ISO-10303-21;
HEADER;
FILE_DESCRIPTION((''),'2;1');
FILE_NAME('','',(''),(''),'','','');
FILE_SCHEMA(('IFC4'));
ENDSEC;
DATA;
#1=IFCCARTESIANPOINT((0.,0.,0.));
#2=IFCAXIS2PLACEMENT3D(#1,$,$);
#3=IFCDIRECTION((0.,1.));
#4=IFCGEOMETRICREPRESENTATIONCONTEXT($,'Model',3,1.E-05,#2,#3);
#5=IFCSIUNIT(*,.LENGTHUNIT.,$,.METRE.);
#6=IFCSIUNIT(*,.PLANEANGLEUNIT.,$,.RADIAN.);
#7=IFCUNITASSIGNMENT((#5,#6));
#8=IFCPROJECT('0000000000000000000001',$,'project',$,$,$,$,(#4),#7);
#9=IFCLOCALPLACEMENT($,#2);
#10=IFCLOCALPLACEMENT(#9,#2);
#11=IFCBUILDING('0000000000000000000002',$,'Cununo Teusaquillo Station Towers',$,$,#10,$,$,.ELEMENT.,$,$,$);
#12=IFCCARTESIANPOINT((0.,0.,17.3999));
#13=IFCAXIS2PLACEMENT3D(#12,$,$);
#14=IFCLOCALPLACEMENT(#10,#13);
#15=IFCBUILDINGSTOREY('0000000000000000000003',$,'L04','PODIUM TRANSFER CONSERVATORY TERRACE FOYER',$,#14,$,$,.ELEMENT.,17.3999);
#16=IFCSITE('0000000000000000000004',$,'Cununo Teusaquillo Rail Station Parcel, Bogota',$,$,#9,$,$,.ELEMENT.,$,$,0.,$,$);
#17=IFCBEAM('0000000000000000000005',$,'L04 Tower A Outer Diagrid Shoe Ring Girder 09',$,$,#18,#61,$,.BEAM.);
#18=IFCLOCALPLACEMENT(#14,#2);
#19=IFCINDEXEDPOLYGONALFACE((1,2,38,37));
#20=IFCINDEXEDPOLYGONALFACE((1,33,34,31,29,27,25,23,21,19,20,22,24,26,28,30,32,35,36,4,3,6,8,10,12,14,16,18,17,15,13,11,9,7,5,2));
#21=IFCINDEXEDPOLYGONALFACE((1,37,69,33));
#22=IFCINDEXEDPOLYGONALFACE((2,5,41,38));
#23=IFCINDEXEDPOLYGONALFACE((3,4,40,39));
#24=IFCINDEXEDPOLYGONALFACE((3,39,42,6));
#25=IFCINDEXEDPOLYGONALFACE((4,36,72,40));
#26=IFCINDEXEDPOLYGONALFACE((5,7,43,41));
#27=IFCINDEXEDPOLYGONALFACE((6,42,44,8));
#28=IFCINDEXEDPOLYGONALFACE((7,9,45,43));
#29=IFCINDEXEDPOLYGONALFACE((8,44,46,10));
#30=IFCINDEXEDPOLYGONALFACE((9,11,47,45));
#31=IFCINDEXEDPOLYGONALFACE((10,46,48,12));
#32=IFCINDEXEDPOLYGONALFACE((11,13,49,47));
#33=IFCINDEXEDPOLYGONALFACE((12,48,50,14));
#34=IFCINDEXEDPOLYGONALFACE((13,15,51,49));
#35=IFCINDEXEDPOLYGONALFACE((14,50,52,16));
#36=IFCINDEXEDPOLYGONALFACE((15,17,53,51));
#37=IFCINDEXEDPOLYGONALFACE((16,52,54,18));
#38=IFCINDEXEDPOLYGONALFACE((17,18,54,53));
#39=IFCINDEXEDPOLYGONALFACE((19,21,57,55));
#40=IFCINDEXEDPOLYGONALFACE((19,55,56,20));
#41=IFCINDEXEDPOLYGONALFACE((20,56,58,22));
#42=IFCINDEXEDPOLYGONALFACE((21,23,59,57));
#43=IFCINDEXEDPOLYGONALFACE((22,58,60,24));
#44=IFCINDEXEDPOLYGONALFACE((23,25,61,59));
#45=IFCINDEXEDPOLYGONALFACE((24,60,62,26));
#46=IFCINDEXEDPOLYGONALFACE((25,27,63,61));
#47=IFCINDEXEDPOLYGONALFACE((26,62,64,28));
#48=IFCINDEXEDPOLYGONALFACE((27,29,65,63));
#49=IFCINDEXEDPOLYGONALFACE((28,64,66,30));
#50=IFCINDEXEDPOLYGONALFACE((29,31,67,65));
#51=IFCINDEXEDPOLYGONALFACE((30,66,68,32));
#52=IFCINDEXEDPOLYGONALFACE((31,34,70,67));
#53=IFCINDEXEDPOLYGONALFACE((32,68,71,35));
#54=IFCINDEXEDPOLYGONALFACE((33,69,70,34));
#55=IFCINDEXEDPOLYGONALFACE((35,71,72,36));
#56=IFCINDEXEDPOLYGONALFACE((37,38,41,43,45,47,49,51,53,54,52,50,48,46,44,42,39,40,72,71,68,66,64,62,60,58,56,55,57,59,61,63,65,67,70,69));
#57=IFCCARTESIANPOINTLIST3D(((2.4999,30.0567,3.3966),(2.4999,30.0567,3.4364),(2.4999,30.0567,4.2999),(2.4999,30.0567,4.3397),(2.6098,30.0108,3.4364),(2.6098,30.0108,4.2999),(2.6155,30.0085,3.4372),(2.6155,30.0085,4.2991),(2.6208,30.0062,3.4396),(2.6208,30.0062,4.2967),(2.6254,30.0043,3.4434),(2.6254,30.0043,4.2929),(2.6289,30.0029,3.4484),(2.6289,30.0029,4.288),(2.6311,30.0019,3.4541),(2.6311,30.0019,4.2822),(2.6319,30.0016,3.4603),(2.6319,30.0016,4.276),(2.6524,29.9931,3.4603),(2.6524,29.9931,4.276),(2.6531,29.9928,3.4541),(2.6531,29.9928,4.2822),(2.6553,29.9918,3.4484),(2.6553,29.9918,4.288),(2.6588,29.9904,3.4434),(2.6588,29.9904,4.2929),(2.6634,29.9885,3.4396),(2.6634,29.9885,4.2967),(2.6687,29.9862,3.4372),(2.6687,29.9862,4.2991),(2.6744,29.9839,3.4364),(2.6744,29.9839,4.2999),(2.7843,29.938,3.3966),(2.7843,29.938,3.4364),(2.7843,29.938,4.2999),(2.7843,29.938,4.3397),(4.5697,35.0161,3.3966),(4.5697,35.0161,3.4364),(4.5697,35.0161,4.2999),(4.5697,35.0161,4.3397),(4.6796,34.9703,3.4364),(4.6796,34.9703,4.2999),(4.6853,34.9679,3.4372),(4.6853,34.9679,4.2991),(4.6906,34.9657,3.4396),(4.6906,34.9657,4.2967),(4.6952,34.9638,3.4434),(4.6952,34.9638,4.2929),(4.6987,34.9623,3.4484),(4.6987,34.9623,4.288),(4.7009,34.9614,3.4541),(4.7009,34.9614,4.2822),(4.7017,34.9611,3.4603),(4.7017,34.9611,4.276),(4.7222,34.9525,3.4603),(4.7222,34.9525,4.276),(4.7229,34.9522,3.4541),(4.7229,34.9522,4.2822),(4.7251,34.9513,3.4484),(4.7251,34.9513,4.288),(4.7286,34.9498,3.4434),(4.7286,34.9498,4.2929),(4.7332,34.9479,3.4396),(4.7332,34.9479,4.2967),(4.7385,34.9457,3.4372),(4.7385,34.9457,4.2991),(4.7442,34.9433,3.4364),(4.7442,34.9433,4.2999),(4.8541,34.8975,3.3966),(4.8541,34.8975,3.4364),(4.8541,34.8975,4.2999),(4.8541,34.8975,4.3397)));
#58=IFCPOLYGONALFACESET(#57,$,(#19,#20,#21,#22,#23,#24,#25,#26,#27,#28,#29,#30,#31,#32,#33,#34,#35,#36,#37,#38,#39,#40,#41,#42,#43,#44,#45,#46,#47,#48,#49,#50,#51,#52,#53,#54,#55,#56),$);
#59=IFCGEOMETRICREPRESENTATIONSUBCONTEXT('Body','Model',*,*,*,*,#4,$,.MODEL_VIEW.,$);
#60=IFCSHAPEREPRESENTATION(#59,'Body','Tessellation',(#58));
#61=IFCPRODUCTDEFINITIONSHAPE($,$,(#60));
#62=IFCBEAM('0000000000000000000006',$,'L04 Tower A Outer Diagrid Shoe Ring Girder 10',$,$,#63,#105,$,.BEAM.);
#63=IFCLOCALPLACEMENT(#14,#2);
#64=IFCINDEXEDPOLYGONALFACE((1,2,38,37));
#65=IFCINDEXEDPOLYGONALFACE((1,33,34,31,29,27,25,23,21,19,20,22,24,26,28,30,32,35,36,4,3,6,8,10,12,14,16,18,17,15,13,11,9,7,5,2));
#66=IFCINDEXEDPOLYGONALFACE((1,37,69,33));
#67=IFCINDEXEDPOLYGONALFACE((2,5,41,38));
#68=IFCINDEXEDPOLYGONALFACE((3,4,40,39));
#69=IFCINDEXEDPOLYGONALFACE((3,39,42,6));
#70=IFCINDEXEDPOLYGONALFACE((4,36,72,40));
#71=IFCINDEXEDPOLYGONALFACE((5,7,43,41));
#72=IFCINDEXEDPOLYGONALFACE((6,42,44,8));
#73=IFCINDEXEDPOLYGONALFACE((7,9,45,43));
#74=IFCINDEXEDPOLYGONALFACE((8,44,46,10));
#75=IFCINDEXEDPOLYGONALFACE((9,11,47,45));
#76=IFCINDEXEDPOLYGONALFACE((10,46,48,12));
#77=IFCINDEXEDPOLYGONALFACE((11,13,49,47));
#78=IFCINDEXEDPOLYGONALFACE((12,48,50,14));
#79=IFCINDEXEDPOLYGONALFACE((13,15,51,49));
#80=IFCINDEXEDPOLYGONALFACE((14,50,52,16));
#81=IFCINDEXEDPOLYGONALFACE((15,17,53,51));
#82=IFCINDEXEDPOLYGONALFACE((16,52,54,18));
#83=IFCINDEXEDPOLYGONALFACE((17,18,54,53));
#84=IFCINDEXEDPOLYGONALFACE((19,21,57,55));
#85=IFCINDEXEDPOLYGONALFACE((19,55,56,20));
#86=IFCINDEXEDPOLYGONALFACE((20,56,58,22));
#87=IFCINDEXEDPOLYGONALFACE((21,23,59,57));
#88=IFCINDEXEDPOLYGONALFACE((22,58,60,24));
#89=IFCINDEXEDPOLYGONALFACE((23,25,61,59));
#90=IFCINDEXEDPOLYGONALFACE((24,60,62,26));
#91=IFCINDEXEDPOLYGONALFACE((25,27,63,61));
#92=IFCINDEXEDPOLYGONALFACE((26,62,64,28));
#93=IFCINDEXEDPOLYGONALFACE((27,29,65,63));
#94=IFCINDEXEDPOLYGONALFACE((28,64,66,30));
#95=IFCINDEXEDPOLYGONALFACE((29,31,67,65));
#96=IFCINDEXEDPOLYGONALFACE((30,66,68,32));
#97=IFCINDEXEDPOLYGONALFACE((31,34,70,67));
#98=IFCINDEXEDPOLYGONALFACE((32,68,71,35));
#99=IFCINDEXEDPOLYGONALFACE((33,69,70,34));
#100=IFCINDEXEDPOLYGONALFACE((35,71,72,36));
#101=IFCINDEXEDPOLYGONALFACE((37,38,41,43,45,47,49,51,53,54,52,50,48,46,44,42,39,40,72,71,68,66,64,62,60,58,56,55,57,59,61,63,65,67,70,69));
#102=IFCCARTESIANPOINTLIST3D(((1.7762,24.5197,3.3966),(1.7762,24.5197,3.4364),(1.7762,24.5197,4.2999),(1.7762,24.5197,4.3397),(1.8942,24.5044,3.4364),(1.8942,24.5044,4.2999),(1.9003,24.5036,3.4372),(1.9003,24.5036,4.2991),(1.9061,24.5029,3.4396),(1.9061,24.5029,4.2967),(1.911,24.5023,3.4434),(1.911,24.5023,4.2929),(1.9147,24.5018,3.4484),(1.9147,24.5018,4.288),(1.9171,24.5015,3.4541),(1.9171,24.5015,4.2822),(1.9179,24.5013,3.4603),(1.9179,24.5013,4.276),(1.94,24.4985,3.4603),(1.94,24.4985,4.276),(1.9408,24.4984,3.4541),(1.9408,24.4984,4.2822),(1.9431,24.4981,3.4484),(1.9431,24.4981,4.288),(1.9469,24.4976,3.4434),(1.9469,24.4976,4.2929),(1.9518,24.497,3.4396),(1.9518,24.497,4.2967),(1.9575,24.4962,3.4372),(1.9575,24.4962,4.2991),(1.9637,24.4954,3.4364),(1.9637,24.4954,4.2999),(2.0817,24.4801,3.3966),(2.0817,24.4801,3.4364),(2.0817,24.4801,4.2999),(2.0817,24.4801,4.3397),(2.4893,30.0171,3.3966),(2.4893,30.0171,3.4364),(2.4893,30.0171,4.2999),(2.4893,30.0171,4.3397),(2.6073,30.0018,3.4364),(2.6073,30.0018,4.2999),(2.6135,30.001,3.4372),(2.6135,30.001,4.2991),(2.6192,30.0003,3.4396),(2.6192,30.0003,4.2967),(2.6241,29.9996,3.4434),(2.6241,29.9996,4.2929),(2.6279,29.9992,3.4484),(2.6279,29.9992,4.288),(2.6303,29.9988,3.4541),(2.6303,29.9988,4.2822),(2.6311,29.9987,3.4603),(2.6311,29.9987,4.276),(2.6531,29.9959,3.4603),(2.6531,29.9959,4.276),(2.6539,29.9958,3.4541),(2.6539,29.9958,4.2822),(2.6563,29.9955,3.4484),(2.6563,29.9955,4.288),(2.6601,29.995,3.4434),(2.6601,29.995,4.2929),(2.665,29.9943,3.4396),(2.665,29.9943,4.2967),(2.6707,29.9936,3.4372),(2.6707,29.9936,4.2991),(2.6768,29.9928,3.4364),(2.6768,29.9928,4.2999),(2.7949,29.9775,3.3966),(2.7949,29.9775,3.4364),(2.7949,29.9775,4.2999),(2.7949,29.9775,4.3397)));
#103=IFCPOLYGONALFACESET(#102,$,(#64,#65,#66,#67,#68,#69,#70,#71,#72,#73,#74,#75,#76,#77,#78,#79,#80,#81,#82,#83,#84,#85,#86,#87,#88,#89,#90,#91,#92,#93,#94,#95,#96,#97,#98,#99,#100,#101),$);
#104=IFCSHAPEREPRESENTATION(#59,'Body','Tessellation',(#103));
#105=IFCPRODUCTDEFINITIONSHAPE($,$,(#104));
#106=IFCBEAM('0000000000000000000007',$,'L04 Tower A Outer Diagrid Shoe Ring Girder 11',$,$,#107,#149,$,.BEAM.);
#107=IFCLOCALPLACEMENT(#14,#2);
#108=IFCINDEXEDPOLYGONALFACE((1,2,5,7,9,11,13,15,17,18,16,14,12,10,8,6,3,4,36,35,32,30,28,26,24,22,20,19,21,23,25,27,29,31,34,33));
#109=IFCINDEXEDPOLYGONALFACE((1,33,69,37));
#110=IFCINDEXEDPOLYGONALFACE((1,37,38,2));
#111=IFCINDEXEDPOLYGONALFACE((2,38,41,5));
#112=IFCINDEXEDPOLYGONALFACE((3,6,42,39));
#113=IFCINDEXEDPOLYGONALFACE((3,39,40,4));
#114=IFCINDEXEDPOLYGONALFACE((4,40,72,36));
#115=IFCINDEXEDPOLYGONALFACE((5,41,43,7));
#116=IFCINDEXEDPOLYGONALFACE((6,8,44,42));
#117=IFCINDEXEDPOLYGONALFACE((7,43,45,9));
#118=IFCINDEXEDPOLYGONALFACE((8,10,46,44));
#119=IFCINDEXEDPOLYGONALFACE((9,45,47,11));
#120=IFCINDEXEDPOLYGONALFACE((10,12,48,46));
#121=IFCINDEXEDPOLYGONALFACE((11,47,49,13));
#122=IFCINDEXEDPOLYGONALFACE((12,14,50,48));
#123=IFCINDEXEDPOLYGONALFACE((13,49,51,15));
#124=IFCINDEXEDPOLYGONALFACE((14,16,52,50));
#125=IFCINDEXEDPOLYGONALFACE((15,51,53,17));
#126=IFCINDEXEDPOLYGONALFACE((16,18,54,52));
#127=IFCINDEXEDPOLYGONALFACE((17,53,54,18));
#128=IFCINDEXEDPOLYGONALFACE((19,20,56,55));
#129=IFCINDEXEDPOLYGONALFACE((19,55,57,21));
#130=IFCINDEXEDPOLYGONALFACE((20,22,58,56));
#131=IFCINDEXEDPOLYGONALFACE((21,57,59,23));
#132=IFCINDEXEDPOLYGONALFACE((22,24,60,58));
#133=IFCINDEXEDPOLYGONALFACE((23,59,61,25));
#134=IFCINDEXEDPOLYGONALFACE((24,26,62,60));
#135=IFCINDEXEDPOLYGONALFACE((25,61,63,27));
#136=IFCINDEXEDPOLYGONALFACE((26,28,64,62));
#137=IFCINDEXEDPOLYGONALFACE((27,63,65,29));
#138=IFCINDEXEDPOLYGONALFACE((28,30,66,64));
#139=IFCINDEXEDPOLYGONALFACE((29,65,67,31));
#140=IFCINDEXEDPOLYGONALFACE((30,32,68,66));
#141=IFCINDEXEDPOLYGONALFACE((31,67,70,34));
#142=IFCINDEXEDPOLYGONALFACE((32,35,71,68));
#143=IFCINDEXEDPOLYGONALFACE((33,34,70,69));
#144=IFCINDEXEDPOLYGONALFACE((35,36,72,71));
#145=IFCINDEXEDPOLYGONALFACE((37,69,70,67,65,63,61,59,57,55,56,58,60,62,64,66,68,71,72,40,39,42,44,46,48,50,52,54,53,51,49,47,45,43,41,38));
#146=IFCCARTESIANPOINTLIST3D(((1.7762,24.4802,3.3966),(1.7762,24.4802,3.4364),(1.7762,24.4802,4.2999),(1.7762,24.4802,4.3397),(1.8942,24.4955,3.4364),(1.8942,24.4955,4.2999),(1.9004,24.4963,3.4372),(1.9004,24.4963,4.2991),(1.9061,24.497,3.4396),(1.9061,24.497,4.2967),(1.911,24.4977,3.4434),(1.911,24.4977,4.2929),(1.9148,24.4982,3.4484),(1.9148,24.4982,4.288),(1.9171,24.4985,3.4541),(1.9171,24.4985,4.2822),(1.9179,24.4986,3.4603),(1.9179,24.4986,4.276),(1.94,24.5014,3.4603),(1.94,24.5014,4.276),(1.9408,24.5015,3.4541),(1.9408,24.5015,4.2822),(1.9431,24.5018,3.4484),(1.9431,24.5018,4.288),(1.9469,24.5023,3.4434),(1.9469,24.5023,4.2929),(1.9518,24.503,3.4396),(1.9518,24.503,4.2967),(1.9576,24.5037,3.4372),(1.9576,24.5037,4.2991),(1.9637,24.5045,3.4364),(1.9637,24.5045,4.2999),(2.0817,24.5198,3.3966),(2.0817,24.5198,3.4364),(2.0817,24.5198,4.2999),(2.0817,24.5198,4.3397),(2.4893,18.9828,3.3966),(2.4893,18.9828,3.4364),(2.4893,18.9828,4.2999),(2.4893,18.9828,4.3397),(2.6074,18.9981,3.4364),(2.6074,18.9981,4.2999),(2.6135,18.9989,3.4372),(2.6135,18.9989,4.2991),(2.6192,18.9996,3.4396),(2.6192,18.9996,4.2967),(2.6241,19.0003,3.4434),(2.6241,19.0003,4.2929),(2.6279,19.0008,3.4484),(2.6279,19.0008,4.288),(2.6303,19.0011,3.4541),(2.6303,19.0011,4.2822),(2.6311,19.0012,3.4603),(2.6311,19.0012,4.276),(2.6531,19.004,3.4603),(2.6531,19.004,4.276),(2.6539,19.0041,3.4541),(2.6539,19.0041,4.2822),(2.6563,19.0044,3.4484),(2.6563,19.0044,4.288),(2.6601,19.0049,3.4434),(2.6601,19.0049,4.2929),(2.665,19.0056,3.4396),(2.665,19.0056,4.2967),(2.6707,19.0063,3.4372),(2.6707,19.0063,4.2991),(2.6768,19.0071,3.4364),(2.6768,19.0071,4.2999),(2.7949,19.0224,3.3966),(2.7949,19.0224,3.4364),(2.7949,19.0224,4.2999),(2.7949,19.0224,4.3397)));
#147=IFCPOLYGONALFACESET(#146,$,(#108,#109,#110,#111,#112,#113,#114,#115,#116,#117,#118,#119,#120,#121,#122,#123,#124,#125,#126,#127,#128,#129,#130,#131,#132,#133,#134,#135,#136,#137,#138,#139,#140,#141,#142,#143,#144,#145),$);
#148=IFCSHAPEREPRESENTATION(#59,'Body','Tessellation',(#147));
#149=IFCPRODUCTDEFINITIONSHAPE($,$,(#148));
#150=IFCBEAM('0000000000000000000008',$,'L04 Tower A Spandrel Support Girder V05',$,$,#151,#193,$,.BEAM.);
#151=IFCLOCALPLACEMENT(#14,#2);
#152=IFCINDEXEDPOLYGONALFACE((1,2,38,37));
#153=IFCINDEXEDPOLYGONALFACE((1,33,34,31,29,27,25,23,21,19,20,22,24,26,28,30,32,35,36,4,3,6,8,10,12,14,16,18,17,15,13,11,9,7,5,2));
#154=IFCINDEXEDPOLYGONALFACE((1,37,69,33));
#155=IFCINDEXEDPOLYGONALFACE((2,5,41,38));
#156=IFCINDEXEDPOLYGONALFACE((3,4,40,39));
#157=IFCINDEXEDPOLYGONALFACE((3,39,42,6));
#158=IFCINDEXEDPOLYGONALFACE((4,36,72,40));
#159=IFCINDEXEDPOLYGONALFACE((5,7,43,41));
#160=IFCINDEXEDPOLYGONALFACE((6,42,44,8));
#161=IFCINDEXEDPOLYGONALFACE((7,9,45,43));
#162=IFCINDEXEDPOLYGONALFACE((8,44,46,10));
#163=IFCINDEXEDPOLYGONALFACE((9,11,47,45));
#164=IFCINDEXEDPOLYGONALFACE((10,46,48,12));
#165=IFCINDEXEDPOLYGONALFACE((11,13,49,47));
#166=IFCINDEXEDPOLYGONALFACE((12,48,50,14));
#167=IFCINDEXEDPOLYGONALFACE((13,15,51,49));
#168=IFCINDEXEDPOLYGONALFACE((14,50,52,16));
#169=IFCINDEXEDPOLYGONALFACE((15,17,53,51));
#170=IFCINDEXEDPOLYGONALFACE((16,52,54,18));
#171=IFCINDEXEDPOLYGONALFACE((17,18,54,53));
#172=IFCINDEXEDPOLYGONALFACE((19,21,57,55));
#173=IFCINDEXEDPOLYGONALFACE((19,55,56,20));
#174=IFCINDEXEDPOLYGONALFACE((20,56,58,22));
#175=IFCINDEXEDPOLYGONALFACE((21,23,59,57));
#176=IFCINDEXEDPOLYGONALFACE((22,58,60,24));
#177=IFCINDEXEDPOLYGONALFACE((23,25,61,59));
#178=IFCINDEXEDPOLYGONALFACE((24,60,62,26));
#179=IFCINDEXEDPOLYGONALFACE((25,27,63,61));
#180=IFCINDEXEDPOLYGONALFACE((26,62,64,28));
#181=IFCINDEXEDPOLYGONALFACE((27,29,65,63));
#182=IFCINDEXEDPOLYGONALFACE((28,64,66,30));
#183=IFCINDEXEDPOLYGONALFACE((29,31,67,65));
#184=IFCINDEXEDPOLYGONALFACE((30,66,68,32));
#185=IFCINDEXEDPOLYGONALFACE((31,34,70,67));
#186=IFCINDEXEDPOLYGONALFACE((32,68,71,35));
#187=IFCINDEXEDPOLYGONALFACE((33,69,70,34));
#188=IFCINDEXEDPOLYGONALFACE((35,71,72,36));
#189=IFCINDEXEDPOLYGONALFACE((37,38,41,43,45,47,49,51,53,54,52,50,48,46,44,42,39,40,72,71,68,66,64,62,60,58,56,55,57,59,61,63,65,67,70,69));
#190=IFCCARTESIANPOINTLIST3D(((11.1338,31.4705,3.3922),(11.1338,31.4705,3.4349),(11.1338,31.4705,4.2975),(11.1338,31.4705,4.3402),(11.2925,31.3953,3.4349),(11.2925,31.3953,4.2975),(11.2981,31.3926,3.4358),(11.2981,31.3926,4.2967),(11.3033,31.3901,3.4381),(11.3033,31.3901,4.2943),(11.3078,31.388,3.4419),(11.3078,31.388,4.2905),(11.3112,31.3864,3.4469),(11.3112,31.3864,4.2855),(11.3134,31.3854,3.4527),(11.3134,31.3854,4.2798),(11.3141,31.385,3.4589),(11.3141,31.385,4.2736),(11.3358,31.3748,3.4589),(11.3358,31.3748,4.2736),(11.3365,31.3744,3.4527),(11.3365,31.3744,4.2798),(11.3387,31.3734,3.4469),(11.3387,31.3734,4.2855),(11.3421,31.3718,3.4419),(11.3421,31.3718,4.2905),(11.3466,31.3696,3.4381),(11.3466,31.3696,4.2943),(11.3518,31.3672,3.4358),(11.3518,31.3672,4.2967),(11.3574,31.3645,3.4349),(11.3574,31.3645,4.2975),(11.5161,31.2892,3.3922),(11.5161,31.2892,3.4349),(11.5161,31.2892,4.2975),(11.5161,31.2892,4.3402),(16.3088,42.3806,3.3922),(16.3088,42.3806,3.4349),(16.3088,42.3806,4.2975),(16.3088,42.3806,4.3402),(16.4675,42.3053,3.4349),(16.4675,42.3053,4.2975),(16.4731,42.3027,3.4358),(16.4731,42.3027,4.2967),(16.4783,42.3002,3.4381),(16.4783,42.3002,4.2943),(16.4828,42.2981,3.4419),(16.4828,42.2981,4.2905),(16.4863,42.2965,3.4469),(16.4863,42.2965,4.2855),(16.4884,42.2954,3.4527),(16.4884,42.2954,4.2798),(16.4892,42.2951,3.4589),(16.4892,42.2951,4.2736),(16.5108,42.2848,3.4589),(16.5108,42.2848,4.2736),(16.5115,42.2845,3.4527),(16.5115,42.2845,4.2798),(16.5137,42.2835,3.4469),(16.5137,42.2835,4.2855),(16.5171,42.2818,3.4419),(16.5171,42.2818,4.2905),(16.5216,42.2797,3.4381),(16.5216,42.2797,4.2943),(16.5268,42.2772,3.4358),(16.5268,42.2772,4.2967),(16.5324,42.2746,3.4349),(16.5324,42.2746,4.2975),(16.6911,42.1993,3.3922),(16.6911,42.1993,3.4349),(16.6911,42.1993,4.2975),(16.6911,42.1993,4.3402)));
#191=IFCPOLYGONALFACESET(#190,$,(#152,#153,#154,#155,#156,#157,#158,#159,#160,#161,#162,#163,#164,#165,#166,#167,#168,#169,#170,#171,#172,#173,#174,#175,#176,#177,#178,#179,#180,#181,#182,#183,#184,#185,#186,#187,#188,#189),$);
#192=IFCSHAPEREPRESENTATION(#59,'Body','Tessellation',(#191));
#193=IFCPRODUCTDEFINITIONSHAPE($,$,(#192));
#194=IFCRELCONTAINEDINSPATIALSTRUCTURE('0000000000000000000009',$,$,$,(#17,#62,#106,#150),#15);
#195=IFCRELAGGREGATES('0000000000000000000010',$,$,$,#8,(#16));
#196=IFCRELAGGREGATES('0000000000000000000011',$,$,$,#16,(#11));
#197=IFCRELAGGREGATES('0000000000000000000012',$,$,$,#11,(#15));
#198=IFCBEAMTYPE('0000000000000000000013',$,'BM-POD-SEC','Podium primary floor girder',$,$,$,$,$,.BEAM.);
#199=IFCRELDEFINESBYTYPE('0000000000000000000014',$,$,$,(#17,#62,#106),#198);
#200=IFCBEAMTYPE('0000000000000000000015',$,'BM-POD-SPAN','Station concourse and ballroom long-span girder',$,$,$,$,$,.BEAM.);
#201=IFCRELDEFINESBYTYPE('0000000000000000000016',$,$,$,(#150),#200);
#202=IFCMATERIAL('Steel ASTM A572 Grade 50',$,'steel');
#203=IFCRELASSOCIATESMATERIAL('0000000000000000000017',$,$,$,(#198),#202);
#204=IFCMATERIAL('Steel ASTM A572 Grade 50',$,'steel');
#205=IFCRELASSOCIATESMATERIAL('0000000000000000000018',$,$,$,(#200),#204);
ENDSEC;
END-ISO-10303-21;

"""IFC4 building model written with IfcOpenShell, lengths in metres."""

from ifc_helpers import new_model, si_unit, direction, frame, origin, origin_2d, place, context, subcontext, project, spatial, i_section, extrude, material, material_profile, profile_set, type_object, element, save


model = new_model("IFC4")

# Units and contexts
model_context = context("Model", 3, precision=1e-05, world=origin(), true_north=direction((0.0, 1.0)))
body_context = subcontext(model_context, "Body", "Model", "MODEL_VIEW")
ifc_project = project(units=[si_unit("LENGTHUNIT", "METRE"), si_unit("PLANEANGLEUNIT", "RADIAN")], contexts=[model_context])

# Site, building, storey
site_placement = place(None, origin())
site = spatial("IfcSite", under=ifc_project, at=site_placement, Name="Cununo Teusaquillo Rail Station Parcel, Bogota", CompositionType="ELEMENT", RefElevation=0.0)
building_placement = place(site_placement, origin())
building = spatial("IfcBuilding", under=site, at=building_placement, Name="Cununo Teusaquillo Station Towers", CompositionType="ELEMENT")
storey_placement = place(building_placement, frame((0.0, 0.0, 17.3999)))
storey = spatial("IfcBuildingStorey", under=building, at=storey_placement, Name="L04", Description="PODIUM TRANSFER CONSERVATORY TERRACE FOYER", CompositionType="ELEMENT", Elevation=17.3999)

# Beams
ifc_material_1 = material(Name="Steel ASTM A572 Grade 50", Category="steel")
ifc_material_profile_1 = material_profile(ifc_material_1, i_section(OverallWidth=0.3081, OverallDepth=0.9431, WebThickness=0.0222, FlangeThickness=0.0398, FilletRadius=0.0239, at=origin_2d()), Name="W36X232")
ifc_profile_set_1 = profile_set([ifc_material_profile_1], Name="Steel ASTM A572 Grade 50")
beam_type_1 = type_object("IfcBeamType", Name="BM-POD-SEC", Description="Podium primary floor girder", PredefinedType="BEAM", material=ifc_profile_set_1)
beam_1_placement = place(storey_placement, frame((4.7119, 34.9568, 3.8682), z_axis=(-0.385151, -0.922854, 0.0), x_axis=(0.922854, -0.385151, 0.0)))
element("IfcBeam", 1, at=beam_1_placement, inside=storey, type_object=beam_type_1, Name="L04 Tower A Outer Diagrid Shoe Ring Girder 09", PredefinedType="BEAM", context=body_context, shape_type="SweptSolid", body=[
    extrude(i_section(OverallWidth=0.3081, OverallDepth=0.9431, WebThickness=0.0222, FlangeThickness=0.0398, FilletRadius=0.0239, at=origin_2d()), origin(), (0.0, 0.0, 1.0), 5.374),
])
for number, where, z_axis, x_axis, name in (
    (2, (2.6421, 29.9973, 3.8682), (-0.128646, -0.991691, 0.0), (0.991691, -0.128646, 0.0), "L04 Tower A Outer Diagrid Shoe Ring Girder 10"),
    (3, (1.929, 24.5, 3.8682), (0.128646, -0.991691, 0.0), (0.991691, 0.128646, 0.0), "L04 Tower A Outer Diagrid Shoe Ring Girder 11"),
):
    element("IfcBeam", number, at=place(storey_placement, frame(where, z_axis=z_axis, x_axis=x_axis)), inside=storey, type_object=beam_type_1, Name=name, PredefinedType="BEAM", context=body_context, shape_type="SweptSolid", body=[
        extrude(i_section(OverallWidth=0.3081, OverallDepth=0.9431, WebThickness=0.0222, FlangeThickness=0.0398, FilletRadius=0.0239, at=origin_2d()), origin(), (0.0, 0.0, 1.0), 5.5435),
    ])
ifc_material_2 = material(Name="Steel ASTM A572 Grade 50", Category="steel")
ifc_material_profile_2 = material_profile(ifc_material_2, i_section(OverallWidth=0.4231, OverallDepth=0.948, WebThickness=0.0239, FlangeThickness=0.0427, FilletRadius=0.0239, at=origin_2d()), Name="W36X302")
ifc_profile_set_2 = profile_set([ifc_material_profile_2], Name="Steel ASTM A572 Grade 50")
beam_type_2 = type_object("IfcBeamType", Name="BM-POD-SPAN", Description="Station concourse and ballroom long-span girder", PredefinedType="BEAM", material=ifc_profile_set_2)
beam_2_placement = place(storey_placement, frame((11.325, 31.3799, 3.8662), z_axis=(0.428565, 0.903511, 0.0), x_axis=(-0.903511, 0.428565, 0.0)))
element("IfcBeam", 4, at=beam_2_placement, inside=storey, type_object=beam_type_2, Name="L04 Tower A Spandrel Support Girder V05", PredefinedType="BEAM", context=body_context, shape_type="SweptSolid", body=[
    extrude(i_section(OverallWidth=0.4231, OverallDepth=0.948, WebThickness=0.0239, FlangeThickness=0.0427, FilletRadius=0.0239, at=origin_2d()), origin(), (0.0, 0.0, 1.0), 12.0752),
])

save(model, "model.ifc")
